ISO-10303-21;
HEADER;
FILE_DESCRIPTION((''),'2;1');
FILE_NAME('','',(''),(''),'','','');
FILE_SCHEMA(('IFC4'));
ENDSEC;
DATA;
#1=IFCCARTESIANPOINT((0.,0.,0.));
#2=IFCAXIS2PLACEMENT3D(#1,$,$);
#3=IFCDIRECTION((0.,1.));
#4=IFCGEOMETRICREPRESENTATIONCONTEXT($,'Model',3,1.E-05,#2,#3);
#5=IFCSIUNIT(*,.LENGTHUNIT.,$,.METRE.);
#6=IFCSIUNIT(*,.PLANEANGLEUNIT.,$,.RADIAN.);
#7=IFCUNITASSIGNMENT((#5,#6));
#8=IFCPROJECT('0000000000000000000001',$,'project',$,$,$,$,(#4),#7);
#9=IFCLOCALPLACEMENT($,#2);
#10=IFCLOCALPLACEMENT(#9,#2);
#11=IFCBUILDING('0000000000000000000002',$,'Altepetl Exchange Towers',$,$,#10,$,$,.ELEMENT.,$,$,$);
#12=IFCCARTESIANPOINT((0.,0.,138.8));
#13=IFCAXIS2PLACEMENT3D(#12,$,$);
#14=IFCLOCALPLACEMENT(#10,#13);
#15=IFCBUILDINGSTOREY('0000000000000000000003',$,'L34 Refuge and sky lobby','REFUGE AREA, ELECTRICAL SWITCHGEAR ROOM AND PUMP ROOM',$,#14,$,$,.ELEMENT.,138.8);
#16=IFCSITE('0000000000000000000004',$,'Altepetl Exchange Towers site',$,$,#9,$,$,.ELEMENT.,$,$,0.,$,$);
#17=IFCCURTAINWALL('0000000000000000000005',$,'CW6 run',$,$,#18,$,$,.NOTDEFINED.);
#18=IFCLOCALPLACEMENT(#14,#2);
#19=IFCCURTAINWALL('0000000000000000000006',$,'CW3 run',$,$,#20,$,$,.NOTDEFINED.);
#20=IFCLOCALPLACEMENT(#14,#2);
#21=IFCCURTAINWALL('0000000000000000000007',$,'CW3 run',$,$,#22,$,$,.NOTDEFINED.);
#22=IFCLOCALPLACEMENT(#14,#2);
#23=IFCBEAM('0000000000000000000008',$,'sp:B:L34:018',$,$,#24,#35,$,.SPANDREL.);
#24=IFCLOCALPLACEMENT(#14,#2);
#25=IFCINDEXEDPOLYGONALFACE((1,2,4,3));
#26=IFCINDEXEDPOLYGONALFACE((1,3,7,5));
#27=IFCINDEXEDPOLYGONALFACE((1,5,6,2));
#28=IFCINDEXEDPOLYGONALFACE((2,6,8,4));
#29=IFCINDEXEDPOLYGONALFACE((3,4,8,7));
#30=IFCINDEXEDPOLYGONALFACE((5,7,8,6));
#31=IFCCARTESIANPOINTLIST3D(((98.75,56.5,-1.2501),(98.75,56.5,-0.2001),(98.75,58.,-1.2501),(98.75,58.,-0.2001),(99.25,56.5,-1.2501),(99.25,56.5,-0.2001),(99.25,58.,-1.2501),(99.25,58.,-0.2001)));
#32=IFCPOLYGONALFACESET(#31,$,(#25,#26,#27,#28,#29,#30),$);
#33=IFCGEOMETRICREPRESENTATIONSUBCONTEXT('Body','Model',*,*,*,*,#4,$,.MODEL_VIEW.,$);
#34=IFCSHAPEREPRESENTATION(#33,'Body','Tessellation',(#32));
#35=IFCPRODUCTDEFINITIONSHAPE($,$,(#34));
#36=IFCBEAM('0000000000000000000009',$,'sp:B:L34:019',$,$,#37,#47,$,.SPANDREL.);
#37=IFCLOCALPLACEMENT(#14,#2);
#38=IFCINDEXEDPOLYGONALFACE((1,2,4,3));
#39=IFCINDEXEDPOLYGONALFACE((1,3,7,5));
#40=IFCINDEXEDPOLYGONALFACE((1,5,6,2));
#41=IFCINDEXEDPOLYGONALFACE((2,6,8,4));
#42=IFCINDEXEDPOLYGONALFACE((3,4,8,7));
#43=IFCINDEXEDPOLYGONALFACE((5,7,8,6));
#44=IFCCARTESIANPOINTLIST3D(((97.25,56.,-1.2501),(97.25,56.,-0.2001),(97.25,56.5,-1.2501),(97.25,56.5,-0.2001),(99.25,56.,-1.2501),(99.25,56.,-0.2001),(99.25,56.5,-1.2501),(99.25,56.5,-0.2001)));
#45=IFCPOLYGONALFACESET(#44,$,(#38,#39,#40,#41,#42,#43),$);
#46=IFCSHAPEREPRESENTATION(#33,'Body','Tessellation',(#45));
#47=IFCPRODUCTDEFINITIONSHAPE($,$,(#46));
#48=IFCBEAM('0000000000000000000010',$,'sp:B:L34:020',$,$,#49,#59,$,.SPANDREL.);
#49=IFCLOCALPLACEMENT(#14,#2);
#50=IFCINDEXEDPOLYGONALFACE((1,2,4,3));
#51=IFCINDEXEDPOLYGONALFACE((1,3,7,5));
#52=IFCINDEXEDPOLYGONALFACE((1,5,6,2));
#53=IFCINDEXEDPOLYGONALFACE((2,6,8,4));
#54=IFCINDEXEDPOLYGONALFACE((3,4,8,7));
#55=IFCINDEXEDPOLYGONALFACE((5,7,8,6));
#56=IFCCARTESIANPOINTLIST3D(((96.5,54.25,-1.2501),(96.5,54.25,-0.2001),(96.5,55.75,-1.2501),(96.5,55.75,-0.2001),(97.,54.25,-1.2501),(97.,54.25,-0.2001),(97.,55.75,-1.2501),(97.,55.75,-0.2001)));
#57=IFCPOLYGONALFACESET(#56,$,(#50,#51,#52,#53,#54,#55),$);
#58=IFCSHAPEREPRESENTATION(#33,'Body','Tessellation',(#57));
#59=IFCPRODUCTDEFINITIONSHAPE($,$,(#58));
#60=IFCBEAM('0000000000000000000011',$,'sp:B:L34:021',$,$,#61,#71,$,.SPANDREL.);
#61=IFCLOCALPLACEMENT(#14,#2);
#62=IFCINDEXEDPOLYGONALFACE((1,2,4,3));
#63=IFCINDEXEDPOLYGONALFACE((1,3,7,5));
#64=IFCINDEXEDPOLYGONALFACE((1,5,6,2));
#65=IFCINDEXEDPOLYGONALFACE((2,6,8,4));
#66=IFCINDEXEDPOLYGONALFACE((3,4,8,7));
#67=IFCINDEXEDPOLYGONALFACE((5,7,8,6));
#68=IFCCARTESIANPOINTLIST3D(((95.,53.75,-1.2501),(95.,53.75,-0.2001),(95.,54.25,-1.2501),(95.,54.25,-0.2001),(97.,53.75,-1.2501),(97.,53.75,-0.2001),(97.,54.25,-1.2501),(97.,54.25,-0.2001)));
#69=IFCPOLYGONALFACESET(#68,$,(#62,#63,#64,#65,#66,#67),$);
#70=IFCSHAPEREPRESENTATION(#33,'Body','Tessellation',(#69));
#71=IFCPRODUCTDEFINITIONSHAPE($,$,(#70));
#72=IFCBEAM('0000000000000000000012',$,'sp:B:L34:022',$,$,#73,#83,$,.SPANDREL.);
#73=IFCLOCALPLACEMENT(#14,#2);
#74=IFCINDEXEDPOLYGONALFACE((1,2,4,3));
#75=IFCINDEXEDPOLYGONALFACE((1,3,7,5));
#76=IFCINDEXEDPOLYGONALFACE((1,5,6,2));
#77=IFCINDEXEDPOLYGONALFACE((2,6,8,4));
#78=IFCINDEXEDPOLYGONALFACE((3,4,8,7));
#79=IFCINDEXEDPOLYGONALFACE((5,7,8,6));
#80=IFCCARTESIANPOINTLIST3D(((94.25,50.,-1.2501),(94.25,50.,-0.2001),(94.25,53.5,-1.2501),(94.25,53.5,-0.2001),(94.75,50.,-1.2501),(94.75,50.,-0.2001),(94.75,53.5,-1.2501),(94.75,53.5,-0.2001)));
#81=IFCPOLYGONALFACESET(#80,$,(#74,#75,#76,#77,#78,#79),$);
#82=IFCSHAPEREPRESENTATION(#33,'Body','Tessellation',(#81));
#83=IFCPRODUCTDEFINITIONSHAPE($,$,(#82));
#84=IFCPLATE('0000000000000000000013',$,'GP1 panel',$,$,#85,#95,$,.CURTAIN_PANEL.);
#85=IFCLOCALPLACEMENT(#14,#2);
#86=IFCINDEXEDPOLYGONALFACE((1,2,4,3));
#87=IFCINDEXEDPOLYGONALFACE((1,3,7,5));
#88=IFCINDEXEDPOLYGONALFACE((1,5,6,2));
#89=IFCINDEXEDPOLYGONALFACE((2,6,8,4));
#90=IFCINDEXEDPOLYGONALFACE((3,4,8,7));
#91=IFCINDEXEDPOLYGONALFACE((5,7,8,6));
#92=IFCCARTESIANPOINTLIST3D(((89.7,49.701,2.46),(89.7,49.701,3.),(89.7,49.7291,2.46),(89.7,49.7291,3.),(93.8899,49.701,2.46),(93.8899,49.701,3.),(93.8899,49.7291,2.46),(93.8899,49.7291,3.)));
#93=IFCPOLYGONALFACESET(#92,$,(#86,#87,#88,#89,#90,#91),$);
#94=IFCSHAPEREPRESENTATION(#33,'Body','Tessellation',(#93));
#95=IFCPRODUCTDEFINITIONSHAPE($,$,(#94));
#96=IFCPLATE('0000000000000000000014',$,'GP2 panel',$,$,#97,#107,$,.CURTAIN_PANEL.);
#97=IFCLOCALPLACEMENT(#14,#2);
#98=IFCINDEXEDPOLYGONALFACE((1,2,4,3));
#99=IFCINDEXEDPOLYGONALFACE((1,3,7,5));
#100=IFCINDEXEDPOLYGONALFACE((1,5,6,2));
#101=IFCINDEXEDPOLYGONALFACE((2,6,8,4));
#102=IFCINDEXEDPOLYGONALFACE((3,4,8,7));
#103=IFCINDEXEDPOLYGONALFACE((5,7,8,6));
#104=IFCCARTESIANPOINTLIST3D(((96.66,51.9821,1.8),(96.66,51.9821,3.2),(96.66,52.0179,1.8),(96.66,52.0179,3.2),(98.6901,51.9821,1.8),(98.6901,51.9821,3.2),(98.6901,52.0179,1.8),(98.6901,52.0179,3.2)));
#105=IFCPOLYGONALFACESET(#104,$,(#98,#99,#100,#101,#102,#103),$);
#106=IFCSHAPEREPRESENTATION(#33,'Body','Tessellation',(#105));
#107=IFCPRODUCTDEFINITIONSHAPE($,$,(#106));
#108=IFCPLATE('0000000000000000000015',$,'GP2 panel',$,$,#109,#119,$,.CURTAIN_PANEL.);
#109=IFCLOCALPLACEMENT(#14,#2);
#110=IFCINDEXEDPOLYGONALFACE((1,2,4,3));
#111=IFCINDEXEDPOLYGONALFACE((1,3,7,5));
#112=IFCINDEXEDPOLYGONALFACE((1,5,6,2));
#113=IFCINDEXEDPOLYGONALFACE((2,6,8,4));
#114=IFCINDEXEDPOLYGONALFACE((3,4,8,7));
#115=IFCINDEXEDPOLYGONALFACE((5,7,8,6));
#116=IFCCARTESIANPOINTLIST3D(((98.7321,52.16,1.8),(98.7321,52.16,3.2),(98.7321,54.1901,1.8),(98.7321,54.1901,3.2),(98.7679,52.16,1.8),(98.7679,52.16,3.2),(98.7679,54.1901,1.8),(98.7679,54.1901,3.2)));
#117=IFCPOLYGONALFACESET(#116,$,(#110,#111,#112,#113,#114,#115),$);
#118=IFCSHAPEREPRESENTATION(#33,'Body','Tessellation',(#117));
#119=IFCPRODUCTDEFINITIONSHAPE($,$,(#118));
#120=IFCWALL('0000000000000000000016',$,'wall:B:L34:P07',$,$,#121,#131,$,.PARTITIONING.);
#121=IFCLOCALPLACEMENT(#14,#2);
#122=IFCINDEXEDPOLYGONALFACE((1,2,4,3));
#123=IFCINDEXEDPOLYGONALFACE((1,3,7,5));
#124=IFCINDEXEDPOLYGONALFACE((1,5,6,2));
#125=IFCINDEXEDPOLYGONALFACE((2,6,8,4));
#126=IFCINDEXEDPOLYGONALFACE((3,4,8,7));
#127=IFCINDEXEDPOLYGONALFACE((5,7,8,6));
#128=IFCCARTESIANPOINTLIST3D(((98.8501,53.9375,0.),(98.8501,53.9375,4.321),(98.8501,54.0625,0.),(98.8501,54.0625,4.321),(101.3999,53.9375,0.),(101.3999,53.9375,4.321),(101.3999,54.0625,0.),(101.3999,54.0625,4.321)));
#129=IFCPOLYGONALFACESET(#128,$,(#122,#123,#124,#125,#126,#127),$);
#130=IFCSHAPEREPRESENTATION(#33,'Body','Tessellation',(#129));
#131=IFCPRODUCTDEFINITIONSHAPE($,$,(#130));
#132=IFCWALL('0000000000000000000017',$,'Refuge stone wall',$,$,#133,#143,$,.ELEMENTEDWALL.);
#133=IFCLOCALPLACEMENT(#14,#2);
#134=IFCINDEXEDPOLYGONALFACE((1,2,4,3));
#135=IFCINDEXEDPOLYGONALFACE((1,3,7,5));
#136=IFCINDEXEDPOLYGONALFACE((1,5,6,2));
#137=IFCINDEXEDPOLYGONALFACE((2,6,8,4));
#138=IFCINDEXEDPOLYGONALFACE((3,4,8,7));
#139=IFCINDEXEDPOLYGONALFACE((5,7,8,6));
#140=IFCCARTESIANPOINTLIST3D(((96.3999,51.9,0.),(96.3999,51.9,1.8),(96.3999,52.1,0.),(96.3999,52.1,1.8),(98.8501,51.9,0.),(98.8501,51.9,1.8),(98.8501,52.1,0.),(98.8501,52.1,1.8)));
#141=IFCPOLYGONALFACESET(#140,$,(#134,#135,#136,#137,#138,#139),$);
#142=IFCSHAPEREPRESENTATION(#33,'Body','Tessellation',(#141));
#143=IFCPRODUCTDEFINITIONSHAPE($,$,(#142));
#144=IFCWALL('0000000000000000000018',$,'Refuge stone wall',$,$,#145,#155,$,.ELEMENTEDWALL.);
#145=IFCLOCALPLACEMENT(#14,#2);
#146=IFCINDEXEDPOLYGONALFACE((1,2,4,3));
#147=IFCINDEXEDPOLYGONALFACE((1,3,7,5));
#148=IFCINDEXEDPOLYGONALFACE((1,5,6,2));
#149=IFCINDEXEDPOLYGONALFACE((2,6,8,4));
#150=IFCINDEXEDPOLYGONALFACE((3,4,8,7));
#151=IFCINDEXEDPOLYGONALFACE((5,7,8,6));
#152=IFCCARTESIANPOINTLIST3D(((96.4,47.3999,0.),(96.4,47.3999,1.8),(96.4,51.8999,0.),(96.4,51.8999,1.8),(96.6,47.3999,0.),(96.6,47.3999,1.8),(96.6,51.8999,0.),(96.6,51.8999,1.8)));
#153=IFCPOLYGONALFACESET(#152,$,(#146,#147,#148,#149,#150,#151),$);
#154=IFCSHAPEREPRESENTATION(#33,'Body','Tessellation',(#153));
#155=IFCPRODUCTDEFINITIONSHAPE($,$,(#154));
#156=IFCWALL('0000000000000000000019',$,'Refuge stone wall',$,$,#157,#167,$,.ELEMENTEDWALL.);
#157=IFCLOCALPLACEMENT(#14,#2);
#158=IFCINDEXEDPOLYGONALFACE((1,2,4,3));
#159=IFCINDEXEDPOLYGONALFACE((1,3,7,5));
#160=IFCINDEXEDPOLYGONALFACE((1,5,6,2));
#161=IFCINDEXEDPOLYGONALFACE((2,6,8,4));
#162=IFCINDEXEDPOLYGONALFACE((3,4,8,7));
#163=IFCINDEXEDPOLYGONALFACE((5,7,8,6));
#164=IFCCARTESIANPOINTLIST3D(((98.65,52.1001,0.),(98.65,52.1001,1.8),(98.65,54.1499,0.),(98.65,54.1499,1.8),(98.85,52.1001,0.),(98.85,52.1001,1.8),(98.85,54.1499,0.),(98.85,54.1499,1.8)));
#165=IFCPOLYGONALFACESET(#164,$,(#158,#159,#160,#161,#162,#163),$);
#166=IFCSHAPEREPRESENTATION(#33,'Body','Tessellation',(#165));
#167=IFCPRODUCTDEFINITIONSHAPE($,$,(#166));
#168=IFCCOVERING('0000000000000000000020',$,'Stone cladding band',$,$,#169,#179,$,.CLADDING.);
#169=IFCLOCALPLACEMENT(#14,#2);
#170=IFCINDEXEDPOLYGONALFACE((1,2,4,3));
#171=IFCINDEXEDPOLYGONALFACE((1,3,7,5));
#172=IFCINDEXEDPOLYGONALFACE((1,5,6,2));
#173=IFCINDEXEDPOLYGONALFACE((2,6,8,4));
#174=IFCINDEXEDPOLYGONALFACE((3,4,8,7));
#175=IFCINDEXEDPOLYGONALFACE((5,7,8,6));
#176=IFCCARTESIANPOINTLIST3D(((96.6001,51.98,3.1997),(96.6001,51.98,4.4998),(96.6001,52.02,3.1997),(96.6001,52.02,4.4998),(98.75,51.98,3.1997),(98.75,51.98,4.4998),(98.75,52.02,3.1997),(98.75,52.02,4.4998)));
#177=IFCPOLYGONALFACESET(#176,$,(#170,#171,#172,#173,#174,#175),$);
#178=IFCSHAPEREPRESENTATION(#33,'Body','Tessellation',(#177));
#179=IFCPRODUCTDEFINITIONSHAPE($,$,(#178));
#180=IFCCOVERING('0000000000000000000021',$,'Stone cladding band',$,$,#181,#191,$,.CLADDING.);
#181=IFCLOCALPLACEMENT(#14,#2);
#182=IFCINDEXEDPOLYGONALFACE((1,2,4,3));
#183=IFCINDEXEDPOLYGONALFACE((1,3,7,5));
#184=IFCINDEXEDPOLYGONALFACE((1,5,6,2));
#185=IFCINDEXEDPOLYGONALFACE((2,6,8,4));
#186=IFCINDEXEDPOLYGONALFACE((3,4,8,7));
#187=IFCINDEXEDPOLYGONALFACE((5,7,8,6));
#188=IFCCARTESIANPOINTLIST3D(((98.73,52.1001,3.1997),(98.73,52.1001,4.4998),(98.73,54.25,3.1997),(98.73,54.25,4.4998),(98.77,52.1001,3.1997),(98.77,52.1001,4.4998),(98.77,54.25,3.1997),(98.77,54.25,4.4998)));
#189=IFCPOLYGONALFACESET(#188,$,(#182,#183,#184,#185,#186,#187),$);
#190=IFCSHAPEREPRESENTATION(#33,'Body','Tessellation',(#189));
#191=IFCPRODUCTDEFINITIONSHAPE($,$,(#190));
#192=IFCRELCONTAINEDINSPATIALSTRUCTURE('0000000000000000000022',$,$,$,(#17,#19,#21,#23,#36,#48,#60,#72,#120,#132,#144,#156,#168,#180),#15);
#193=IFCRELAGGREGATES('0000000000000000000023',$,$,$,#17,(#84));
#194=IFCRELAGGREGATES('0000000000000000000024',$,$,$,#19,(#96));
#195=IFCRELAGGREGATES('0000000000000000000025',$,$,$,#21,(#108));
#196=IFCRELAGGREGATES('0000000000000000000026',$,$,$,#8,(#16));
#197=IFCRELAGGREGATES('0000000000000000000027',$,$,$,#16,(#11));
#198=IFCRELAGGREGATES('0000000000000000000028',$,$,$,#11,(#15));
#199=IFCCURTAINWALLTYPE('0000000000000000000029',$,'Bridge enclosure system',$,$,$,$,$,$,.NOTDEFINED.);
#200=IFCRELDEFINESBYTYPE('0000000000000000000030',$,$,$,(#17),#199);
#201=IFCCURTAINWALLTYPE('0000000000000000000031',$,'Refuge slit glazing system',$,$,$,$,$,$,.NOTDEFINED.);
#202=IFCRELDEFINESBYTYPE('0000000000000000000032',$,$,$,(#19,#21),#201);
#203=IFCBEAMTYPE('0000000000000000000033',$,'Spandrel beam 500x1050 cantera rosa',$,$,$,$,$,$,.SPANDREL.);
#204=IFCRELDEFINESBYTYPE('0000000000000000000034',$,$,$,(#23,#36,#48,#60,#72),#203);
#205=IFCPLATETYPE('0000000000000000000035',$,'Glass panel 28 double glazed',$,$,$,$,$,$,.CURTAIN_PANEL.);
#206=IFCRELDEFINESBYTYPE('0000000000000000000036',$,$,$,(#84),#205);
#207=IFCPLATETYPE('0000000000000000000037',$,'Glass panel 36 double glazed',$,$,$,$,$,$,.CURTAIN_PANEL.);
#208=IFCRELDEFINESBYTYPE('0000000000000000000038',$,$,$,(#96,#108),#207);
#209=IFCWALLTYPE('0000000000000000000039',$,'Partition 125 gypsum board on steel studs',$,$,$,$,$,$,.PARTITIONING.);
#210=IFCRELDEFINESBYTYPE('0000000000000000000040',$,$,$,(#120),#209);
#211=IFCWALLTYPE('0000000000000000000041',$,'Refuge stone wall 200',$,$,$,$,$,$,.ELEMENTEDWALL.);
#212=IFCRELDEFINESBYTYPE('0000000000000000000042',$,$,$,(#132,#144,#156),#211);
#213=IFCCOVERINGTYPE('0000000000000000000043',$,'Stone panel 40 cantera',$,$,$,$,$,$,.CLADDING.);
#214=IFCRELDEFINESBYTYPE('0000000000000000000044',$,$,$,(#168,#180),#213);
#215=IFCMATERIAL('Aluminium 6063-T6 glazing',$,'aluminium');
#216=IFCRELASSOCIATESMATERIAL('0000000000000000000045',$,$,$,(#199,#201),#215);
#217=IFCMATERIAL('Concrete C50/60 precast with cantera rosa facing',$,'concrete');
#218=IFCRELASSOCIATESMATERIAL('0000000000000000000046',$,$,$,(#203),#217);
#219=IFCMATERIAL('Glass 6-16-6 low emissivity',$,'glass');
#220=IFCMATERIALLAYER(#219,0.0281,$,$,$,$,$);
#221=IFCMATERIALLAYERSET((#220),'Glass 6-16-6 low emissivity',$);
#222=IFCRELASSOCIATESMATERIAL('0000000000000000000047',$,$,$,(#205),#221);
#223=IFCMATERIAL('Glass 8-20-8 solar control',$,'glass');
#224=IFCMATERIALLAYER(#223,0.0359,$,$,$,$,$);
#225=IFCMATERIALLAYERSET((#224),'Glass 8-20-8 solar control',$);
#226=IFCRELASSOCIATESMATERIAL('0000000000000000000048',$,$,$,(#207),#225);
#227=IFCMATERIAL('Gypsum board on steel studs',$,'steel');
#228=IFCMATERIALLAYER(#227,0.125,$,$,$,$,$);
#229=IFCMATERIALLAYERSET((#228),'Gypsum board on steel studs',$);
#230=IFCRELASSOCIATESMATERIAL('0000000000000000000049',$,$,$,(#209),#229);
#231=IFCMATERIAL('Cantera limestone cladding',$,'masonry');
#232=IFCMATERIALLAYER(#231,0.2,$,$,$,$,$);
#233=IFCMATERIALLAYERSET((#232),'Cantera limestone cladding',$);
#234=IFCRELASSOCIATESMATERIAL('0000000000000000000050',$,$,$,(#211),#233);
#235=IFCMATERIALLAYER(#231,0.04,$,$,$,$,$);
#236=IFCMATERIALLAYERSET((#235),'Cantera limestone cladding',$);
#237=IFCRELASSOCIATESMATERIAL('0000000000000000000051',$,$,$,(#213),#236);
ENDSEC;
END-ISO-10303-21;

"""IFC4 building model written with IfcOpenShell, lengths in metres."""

from ifc_helpers import new_model, si_unit, direction, frame, frame_2d, origin, origin_2d, place, context, subcontext, project, spatial, rectangle, extrude, material, layer, layer_set, material_profile, profile_set, type_object, element, aggregate, save


model = new_model("IFC4")

# Units and contexts
model_context = context("Model", 3, precision=1e-05, world=origin(), true_north=direction((0.0, 1.0)))
body_context = subcontext(model_context, "Body", "Model", "MODEL_VIEW")
ifc_project = project(units=[si_unit("LENGTHUNIT", "METRE"), si_unit("PLANEANGLEUNIT", "RADIAN")], contexts=[model_context])

# Site, building, storey
site_placement = place(None, origin())
site = spatial("IfcSite", under=ifc_project, at=site_placement, Name="Altepetl Exchange Towers site", CompositionType="ELEMENT", RefElevation=0.0)
building_placement = place(site_placement, origin())
building = spatial("IfcBuilding", under=site, at=building_placement, Name="Altepetl Exchange Towers", CompositionType="ELEMENT")
storey_placement = place(building_placement, frame((0.0, 0.0, 138.8)))
storey = spatial("IfcBuildingStorey", under=building, at=storey_placement, Name="L34 Refuge and sky lobby", Description="REFUGE AREA, ELECTRICAL SWITCHGEAR ROOM AND PUMP ROOM", CompositionType="ELEMENT", Elevation=138.8)

# Curtain wall
ifc_material_1 = material(Name="Aluminium 6063-T6 glazing", Category="aluminium")
curtain_wall_type_1 = type_object("IfcCurtainWallType", Name="Bridge enclosure system", PredefinedType="NOTDEFINED", material=ifc_material_1)
curtain_wall_1_placement = place(storey_placement, origin())
curtain_wall_1 = element("IfcCurtainWall", 1, at=curtain_wall_1_placement, inside=storey, type_object=curtain_wall_type_1, Name="CW6 run", PredefinedType="NOTDEFINED")

# Curtain wall
curtain_wall_type_2 = type_object("IfcCurtainWallType", Name="Refuge slit glazing system", PredefinedType="NOTDEFINED", material=ifc_material_1)
curtain_wall_2_placement = place(storey_placement, origin())
curtain_wall_2 = element("IfcCurtainWall", 2, at=curtain_wall_2_placement, inside=storey, type_object=curtain_wall_type_2, Name="CW3 run", PredefinedType="NOTDEFINED")

# Curtain wall
curtain_wall_3_placement = place(storey_placement, origin())
curtain_wall_3 = element("IfcCurtainWall", 3, at=curtain_wall_3_placement, inside=storey, type_object=curtain_wall_type_2, Name="CW3 run", PredefinedType="NOTDEFINED")

# Beams
ifc_material_2 = material(Name="Concrete C50/60 precast with cantera rosa facing", Category="concrete")
ifc_material_profile_1 = material_profile(ifc_material_2, rectangle(XDim=0.5, YDim=1.05, at=origin_2d()), Name="500 x 1050")
ifc_profile_set_1 = profile_set([ifc_material_profile_1], Name="Concrete C50/60 precast with cantera rosa facing")
beam_type_1 = type_object("IfcBeamType", Name="Spandrel beam 500x1050 cantera rosa", PredefinedType="SPANDREL", material=ifc_profile_set_1)
beam_1_placement = place(storey_placement, frame((99.0, 58.0, -0.7251), z_axis=(0.0, -1.0, 0.0), x_axis=(1.0, 0.0, 0.0)))
element("IfcBeam", 4, at=beam_1_placement, inside=storey, type_object=beam_type_1, Name="sp:B:L34:018", PredefinedType="SPANDREL", context=body_context, shape_type="SweptSolid", body=[
    extrude(rectangle(XDim=0.5, YDim=1.05, at=origin_2d()), origin(), (0.0, 0.0, 1.0), 1.5),
])
beam_2_placement = place(storey_placement, frame((99.25, 56.25, -0.7251), z_axis=(-1.0, 0.0, 0.0), x_axis=(0.0, -1.0, 0.0)))
element("IfcBeam", 5, at=beam_2_placement, inside=storey, type_object=beam_type_1, Name="sp:B:L34:019", PredefinedType="SPANDREL", context=body_context, shape_type="SweptSolid", body=[
    extrude(rectangle(XDim=0.5, YDim=1.05, at=origin_2d()), origin(), (0.0, 0.0, 1.0), 2.0),
])
beam_3_placement = place(storey_placement, frame((96.75, 55.75, -0.7251), z_axis=(0.0, -1.0, 0.0), x_axis=(1.0, 0.0, 0.0)))
element("IfcBeam", 6, at=beam_3_placement, inside=storey, type_object=beam_type_1, Name="sp:B:L34:020", PredefinedType="SPANDREL", context=body_context, shape_type="SweptSolid", body=[
    extrude(rectangle(XDim=0.5, YDim=1.05, at=origin_2d()), origin(), (0.0, 0.0, 1.0), 1.5),
])
beam_4_placement = place(storey_placement, frame((97.0, 54.0, -0.7251), z_axis=(-1.0, 0.0, 0.0), x_axis=(0.0, -1.0, 0.0)))
element("IfcBeam", 7, at=beam_4_placement, inside=storey, type_object=beam_type_1, Name="sp:B:L34:021", PredefinedType="SPANDREL", context=body_context, shape_type="SweptSolid", body=[
    extrude(rectangle(XDim=0.5, YDim=1.05, at=origin_2d()), origin(), (0.0, 0.0, 1.0), 2.0),
])
beam_5_placement = place(storey_placement, frame((94.5, 53.5, -0.7251), z_axis=(0.0, -1.0, 0.0), x_axis=(1.0, 0.0, 0.0)))
element("IfcBeam", 8, at=beam_5_placement, inside=storey, type_object=beam_type_1, Name="sp:B:L34:022", PredefinedType="SPANDREL", context=body_context, shape_type="SweptSolid", body=[
    extrude(rectangle(XDim=0.5, YDim=1.05, at=origin_2d()), origin(), (0.0, 0.0, 1.0), 3.5),
])

# Plates
ifc_material_3 = material(Name="Glass 6-16-6 low emissivity", Category="glass")
ifc_layer_1 = layer(ifc_material_3, 0.0281)
ifc_layer_set_1 = layer_set([ifc_layer_1], Name="Glass 6-16-6 low emissivity")
plate_type_1 = type_object("IfcPlateType", Name="Glass panel 28 double glazed", PredefinedType="CURTAIN_PANEL", material=ifc_layer_set_1)
plate_1_placement = place(storey_placement, frame((91.7949, 49.7151, 2.46)))
plate_1 = element("IfcPlate", 9, at=plate_1_placement, type_object=plate_type_1, Name="GP1 panel", PredefinedType="CURTAIN_PANEL", context=body_context, shape_type="SweptSolid", body=[
    extrude(rectangle(XDim=4.1899, YDim=0.0281, at=origin_2d()), origin(), (0.0, 0.0, 1.0), 0.54),
])
aggregate(curtain_wall_1, [plate_1])
ifc_material_4 = material(Name="Glass 8-20-8 solar control", Category="glass")
ifc_layer_2 = layer(ifc_material_4, 0.0359)
ifc_layer_set_2 = layer_set([ifc_layer_2], Name="Glass 8-20-8 solar control")
plate_type_2 = type_object("IfcPlateType", Name="Glass panel 36 double glazed", PredefinedType="CURTAIN_PANEL", material=ifc_layer_set_2)
plate_2_placement = place(storey_placement, frame((97.675, 52.0, 1.8), z_axis=(0.0, 0.0, 1.0), x_axis=(-1.0, 0.0, 0.0)))
plate_2 = element("IfcPlate", 10, at=plate_2_placement, type_object=plate_type_2, Name="GP2 panel", PredefinedType="CURTAIN_PANEL", context=body_context, shape_type="SweptSolid", body=[
    extrude(rectangle(XDim=2.03, YDim=0.0359, at=origin_2d()), origin(), (0.0, 0.0, 1.0), 1.3999),
])
aggregate(curtain_wall_2, [plate_2])
plate_3_placement = place(storey_placement, frame((98.75, 53.175, 1.8), z_axis=(0.0, 0.0, 1.0), x_axis=(0.0, -1.0, 0.0)))
plate_3 = element("IfcPlate", 11, at=plate_3_placement, type_object=plate_type_2, Name="GP2 panel", PredefinedType="CURTAIN_PANEL", context=body_context, shape_type="SweptSolid", body=[
    extrude(rectangle(XDim=2.03, YDim=0.0359, at=origin_2d()), origin(), (0.0, 0.0, 1.0), 1.3999),
])
aggregate(curtain_wall_3, [plate_3])

# Walls
ifc_material_5 = material(Name="Gypsum board on steel studs", Category="steel")
ifc_layer_3 = layer(ifc_material_5, 0.125)
ifc_layer_set_3 = layer_set([ifc_layer_3], Name="Gypsum board on steel studs")
wall_type_1 = type_object("IfcWallType", Name="Partition 125 gypsum board on steel studs", PredefinedType="PARTITIONING", material=ifc_layer_set_3)
wall_1_placement = place(storey_placement, frame((98.8501, 54.0, 0.0)))
element("IfcWall", 12, at=wall_1_placement, inside=storey, type_object=wall_type_1, Name="wall:B:L34:P07", PredefinedType="PARTITIONING", context=body_context, shape_type="SweptSolid", body=[
    extrude(rectangle(XDim=2.5498, YDim=0.125, at=frame_2d((1.2749, 0.0))), origin(), (0.0, 0.0, 1.0), 4.321),
])
ifc_material_6 = material(Name="Cantera limestone cladding", Category="masonry")
ifc_layer_4 = layer(ifc_material_6, 0.2)
ifc_layer_set_4 = layer_set([ifc_layer_4], Name="Cantera limestone cladding")
wall_type_2 = type_object("IfcWallType", Name="Refuge stone wall 200", PredefinedType="ELEMENTEDWALL", material=ifc_layer_set_4)
wall_2_placement = place(storey_placement, frame((98.8501, 52.0, 0.0), z_axis=(0.0, 0.0, 1.0), x_axis=(-1.0, 0.0, 0.0)))
element("IfcWall", 13, at=wall_2_placement, inside=storey, type_object=wall_type_2, Name="Refuge stone wall", PredefinedType="ELEMENTEDWALL", context=body_context, shape_type="SweptSolid", body=[
    extrude(rectangle(XDim=2.4502, YDim=0.2, at=frame_2d((1.2251, 0.0))), origin(), (0.0, 0.0, 1.0), 1.8),
])
wall_3_placement = place(storey_placement, frame((96.5, 51.8999, 0.0), z_axis=(0.0, 0.0, 1.0), x_axis=(0.0, -1.0, 0.0)))
element("IfcWall", 14, at=wall_3_placement, inside=storey, type_object=wall_type_2, Name="Refuge stone wall", PredefinedType="ELEMENTEDWALL", context=body_context, shape_type="SweptSolid", body=[
    extrude(rectangle(XDim=4.5, YDim=0.2, at=frame_2d((2.25, 0.0))), origin(), (0.0, 0.0, 1.0), 1.8),
])
wall_4_placement = place(storey_placement, frame((98.75, 54.1499, 0.0), z_axis=(0.0, 0.0, 1.0), x_axis=(0.0, -1.0, 0.0)))
element("IfcWall", 15, at=wall_4_placement, inside=storey, type_object=wall_type_2, Name="Refuge stone wall", PredefinedType="ELEMENTEDWALL", context=body_context, shape_type="SweptSolid", body=[
    extrude(rectangle(XDim=2.0498, YDim=0.2, at=frame_2d((1.0249, 0.0))), origin(), (0.0, 0.0, 1.0), 1.8),
])

# Coverings
ifc_layer_5 = layer(ifc_material_6, 0.04)
ifc_layer_set_5 = layer_set([ifc_layer_5], Name="Cantera limestone cladding")
covering_type = type_object("IfcCoveringType", Name="Stone panel 40 cantera", PredefinedType="CLADDING", material=ifc_layer_set_5)
for number, where, z_axis, x_axis, name in (
    (16, (97.675, 52.0, 3.1997), (0.0, 0.0, 1.0), (-1.0, 0.0, 0.0), "Stone cladding band"),
    (17, (98.75, 53.175, 3.1997), (0.0, 0.0, 1.0), (0.0, -1.0, 0.0), "Stone cladding band"),
):
    element("IfcCovering", number, at=place(storey_placement, frame(where, z_axis=z_axis, x_axis=x_axis)), inside=storey, type_object=covering_type, Name=name, PredefinedType="CLADDING", context=body_context, shape_type="SweptSolid", body=[
        extrude(rectangle(XDim=2.1499, YDim=0.04, at=origin_2d()), origin(), (0.0, 0.0, 1.0), 1.3),
    ])

save(model, "model.ifc")
